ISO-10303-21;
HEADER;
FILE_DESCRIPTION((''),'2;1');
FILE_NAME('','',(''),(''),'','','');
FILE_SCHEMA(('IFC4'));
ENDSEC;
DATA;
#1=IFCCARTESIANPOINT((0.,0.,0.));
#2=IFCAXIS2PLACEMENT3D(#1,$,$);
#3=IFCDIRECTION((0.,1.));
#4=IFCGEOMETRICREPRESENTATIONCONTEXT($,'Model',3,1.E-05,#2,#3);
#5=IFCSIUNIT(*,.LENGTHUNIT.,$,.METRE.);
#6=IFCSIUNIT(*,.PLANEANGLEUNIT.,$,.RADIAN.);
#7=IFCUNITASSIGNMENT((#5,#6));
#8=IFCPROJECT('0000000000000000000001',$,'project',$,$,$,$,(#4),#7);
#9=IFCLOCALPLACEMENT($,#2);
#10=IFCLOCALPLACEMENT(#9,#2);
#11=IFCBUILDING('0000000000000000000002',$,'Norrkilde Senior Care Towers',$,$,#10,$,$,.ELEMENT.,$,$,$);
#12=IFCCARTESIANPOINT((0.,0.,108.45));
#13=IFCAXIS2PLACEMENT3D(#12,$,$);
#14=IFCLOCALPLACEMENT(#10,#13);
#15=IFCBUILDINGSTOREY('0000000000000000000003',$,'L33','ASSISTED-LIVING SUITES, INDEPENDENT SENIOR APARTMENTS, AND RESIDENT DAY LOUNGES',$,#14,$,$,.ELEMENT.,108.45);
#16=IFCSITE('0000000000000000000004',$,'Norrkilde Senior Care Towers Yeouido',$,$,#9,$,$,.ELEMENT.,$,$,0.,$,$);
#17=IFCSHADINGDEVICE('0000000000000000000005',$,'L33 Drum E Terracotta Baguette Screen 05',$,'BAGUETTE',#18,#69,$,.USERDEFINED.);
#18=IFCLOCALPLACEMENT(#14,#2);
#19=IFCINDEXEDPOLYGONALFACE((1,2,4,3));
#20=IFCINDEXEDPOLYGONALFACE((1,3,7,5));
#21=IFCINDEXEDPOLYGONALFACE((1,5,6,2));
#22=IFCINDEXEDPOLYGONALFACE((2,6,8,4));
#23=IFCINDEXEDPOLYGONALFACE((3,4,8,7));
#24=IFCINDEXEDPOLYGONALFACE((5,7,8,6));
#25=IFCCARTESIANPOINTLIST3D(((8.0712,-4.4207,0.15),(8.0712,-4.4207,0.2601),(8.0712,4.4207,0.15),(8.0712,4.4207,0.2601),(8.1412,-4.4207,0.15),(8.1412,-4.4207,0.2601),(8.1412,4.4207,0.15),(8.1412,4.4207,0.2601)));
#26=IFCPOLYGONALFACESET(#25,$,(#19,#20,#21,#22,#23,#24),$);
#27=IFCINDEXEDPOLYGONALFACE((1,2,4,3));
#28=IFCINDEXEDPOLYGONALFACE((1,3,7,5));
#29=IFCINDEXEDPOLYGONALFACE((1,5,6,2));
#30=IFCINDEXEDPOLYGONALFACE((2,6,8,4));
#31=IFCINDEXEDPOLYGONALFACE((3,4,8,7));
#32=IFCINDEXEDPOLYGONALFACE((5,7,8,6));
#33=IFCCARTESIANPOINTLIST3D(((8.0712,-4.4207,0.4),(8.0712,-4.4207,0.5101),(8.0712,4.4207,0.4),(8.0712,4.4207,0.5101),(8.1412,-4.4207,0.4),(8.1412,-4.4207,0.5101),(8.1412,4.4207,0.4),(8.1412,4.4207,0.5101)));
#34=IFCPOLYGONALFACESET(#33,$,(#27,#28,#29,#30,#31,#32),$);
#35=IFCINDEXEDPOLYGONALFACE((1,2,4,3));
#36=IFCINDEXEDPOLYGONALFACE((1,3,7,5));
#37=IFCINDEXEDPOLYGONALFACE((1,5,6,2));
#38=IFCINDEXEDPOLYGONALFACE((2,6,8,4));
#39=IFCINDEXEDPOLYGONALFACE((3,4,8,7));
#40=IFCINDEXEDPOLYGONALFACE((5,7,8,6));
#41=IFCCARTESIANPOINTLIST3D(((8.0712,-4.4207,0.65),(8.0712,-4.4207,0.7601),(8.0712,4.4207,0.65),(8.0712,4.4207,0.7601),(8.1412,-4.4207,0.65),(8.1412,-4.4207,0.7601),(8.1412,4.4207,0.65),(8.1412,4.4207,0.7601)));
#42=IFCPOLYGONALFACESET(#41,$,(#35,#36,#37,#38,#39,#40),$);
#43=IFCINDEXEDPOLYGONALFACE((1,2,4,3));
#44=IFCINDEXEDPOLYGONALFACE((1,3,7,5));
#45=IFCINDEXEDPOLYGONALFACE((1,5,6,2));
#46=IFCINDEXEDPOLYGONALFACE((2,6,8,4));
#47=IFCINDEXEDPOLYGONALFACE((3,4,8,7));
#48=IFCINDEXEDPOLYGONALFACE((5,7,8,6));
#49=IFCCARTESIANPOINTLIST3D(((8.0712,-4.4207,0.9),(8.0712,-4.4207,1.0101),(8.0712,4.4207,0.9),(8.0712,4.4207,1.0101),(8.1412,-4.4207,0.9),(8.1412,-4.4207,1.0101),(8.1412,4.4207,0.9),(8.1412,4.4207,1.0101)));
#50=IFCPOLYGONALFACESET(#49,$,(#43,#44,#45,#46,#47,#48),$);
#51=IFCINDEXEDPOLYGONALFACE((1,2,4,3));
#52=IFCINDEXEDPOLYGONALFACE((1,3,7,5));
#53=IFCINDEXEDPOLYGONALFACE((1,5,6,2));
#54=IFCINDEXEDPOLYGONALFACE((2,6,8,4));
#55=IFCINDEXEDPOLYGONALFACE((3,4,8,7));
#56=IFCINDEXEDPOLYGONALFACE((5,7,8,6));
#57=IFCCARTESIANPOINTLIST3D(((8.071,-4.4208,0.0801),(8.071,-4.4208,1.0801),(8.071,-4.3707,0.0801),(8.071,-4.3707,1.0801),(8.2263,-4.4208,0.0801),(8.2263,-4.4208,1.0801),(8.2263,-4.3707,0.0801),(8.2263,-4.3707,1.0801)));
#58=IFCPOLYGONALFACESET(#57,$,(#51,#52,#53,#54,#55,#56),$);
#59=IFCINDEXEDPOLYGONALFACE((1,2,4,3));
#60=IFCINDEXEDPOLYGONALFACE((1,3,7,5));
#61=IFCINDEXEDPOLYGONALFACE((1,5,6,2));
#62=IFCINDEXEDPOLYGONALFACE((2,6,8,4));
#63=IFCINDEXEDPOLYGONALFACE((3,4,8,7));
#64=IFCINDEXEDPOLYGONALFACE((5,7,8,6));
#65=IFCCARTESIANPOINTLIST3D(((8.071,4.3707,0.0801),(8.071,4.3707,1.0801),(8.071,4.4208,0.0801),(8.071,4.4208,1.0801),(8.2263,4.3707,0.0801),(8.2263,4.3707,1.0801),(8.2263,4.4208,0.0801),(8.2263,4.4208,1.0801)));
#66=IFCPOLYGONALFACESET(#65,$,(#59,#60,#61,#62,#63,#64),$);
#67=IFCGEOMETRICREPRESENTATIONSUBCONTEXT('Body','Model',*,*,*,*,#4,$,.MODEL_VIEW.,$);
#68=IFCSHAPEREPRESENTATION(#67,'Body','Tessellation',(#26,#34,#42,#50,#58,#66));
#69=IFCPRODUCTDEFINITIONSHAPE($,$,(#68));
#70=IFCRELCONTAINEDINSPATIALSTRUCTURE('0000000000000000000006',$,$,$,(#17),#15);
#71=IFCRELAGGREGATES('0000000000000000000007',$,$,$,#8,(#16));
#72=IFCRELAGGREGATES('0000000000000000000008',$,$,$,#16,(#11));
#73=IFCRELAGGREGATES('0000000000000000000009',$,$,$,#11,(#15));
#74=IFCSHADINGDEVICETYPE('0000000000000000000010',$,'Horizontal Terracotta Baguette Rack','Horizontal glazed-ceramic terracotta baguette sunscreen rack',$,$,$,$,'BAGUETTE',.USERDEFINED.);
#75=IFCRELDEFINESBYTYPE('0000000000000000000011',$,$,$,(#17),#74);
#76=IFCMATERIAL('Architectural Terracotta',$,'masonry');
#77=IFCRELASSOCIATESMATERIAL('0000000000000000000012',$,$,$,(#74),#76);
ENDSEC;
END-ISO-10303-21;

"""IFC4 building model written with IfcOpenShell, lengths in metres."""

from ifc_helpers import new_model, si_unit, direction, frame, origin, origin_2d, place, context, subcontext, project, spatial, rectangle, extrude, source, transform, mapped, material, type_object, type_shapes, element, save


model = new_model("IFC4")

# Units and contexts
model_context = context("Model", 3, precision=1e-05, world=origin(), true_north=direction((0.0, 1.0)))
body_context = subcontext(model_context, "Body", "Model", "MODEL_VIEW")
ifc_project = project(units=[si_unit("LENGTHUNIT", "METRE"), si_unit("PLANEANGLEUNIT", "RADIAN")], contexts=[model_context])

# Site, building, storey
site_placement = place(None, origin())
site = spatial("IfcSite", under=ifc_project, at=site_placement, Name="Norrkilde Senior Care Towers Yeouido", CompositionType="ELEMENT", RefElevation=0.0)
building_placement = place(site_placement, origin())
building = spatial("IfcBuilding", under=site, at=building_placement, Name="Norrkilde Senior Care Towers", CompositionType="ELEMENT")
storey_placement = place(building_placement, frame((0.0, 0.0, 108.45)))
storey = spatial("IfcBuildingStorey", under=building, at=storey_placement, Name="L33", Description="ASSISTED-LIVING SUITES, INDEPENDENT SENIOR APARTMENTS, AND RESIDENT DAY LOUNGES", CompositionType="ELEMENT", Elevation=108.45)

# Shading device
ifc_material_1 = material(Name="Architectural Terracotta", Category="masonry")
shading_device_type = type_object("IfcShadingDeviceType", Name="Horizontal Terracotta Baguette Rack", Description="Horizontal glazed-ceramic terracotta baguette sunscreen rack", ElementType="BAGUETTE", PredefinedType="USERDEFINED", material=ifc_material_1)
shared_shape_1 = source(origin(), body_context, "Body", "SweptSolid", [
    extrude(rectangle(XDim=0.0701, YDim=0.1101, at=origin_2d()), frame((0.0, 0.0901, 0.125), z_axis=(1.0, 0.0, 0.0), x_axis=(0.0, 1.0, 0.0)), (0.0, 0.0, 1.0), 8.8413),
    extrude(rectangle(XDim=0.0701, YDim=0.1101, at=origin_2d()), frame((0.0, 0.0901, 0.375), z_axis=(1.0, 0.0, 0.0), x_axis=(0.0, 1.0, 0.0)), (0.0, 0.0, 1.0), 8.8413),
    extrude(rectangle(XDim=0.0701, YDim=0.1101, at=origin_2d()), frame((0.0, 0.0901, 0.625), z_axis=(1.0, 0.0, 0.0), x_axis=(0.0, 1.0, 0.0)), (0.0, 0.0, 1.0), 8.8413),
    extrude(rectangle(XDim=0.0701, YDim=0.1101, at=origin_2d()), frame((0.0, 0.0901, 0.875), z_axis=(1.0, 0.0, 0.0), x_axis=(0.0, 1.0, 0.0)), (0.0, 0.0, 1.0), 8.8413),
    extrude(rectangle(XDim=0.05, YDim=0.1553, at=origin_2d()), frame((0.0249, 0.0476, 0.0)), (0.0, 0.0, 1.0), 1.0),
    extrude(rectangle(XDim=0.05, YDim=0.1553, at=origin_2d()), frame((8.8164, 0.0476, 0.0)), (0.0, 0.0, 1.0), 1.0),
])
type_shapes(shading_device_type, [shared_shape_1])
shading_device_placement = place(storey_placement, frame((8.1963, -4.4207, 0.0801), z_axis=(0.0, 0.0, 1.0), x_axis=(0.0, 1.0, 0.0)))
element("IfcShadingDevice", 1, at=shading_device_placement, inside=storey, type_object=shading_device_type, Name="L33 Drum E Terracotta Baguette Screen 05", ObjectType="BAGUETTE", PredefinedType="USERDEFINED", context=body_context, shape_type="MappedRepresentation", body=[
    mapped(shared_shape_1, transform((0.0, 0.0, 0.0), x_axis=(1.0, 0.0, 0.0), y_axis=(0.0, 1.0, 0.0), z_axis=(0.0, 0.0, 1.0), scale=1.0)),
])

save(model, "model.ifc")
